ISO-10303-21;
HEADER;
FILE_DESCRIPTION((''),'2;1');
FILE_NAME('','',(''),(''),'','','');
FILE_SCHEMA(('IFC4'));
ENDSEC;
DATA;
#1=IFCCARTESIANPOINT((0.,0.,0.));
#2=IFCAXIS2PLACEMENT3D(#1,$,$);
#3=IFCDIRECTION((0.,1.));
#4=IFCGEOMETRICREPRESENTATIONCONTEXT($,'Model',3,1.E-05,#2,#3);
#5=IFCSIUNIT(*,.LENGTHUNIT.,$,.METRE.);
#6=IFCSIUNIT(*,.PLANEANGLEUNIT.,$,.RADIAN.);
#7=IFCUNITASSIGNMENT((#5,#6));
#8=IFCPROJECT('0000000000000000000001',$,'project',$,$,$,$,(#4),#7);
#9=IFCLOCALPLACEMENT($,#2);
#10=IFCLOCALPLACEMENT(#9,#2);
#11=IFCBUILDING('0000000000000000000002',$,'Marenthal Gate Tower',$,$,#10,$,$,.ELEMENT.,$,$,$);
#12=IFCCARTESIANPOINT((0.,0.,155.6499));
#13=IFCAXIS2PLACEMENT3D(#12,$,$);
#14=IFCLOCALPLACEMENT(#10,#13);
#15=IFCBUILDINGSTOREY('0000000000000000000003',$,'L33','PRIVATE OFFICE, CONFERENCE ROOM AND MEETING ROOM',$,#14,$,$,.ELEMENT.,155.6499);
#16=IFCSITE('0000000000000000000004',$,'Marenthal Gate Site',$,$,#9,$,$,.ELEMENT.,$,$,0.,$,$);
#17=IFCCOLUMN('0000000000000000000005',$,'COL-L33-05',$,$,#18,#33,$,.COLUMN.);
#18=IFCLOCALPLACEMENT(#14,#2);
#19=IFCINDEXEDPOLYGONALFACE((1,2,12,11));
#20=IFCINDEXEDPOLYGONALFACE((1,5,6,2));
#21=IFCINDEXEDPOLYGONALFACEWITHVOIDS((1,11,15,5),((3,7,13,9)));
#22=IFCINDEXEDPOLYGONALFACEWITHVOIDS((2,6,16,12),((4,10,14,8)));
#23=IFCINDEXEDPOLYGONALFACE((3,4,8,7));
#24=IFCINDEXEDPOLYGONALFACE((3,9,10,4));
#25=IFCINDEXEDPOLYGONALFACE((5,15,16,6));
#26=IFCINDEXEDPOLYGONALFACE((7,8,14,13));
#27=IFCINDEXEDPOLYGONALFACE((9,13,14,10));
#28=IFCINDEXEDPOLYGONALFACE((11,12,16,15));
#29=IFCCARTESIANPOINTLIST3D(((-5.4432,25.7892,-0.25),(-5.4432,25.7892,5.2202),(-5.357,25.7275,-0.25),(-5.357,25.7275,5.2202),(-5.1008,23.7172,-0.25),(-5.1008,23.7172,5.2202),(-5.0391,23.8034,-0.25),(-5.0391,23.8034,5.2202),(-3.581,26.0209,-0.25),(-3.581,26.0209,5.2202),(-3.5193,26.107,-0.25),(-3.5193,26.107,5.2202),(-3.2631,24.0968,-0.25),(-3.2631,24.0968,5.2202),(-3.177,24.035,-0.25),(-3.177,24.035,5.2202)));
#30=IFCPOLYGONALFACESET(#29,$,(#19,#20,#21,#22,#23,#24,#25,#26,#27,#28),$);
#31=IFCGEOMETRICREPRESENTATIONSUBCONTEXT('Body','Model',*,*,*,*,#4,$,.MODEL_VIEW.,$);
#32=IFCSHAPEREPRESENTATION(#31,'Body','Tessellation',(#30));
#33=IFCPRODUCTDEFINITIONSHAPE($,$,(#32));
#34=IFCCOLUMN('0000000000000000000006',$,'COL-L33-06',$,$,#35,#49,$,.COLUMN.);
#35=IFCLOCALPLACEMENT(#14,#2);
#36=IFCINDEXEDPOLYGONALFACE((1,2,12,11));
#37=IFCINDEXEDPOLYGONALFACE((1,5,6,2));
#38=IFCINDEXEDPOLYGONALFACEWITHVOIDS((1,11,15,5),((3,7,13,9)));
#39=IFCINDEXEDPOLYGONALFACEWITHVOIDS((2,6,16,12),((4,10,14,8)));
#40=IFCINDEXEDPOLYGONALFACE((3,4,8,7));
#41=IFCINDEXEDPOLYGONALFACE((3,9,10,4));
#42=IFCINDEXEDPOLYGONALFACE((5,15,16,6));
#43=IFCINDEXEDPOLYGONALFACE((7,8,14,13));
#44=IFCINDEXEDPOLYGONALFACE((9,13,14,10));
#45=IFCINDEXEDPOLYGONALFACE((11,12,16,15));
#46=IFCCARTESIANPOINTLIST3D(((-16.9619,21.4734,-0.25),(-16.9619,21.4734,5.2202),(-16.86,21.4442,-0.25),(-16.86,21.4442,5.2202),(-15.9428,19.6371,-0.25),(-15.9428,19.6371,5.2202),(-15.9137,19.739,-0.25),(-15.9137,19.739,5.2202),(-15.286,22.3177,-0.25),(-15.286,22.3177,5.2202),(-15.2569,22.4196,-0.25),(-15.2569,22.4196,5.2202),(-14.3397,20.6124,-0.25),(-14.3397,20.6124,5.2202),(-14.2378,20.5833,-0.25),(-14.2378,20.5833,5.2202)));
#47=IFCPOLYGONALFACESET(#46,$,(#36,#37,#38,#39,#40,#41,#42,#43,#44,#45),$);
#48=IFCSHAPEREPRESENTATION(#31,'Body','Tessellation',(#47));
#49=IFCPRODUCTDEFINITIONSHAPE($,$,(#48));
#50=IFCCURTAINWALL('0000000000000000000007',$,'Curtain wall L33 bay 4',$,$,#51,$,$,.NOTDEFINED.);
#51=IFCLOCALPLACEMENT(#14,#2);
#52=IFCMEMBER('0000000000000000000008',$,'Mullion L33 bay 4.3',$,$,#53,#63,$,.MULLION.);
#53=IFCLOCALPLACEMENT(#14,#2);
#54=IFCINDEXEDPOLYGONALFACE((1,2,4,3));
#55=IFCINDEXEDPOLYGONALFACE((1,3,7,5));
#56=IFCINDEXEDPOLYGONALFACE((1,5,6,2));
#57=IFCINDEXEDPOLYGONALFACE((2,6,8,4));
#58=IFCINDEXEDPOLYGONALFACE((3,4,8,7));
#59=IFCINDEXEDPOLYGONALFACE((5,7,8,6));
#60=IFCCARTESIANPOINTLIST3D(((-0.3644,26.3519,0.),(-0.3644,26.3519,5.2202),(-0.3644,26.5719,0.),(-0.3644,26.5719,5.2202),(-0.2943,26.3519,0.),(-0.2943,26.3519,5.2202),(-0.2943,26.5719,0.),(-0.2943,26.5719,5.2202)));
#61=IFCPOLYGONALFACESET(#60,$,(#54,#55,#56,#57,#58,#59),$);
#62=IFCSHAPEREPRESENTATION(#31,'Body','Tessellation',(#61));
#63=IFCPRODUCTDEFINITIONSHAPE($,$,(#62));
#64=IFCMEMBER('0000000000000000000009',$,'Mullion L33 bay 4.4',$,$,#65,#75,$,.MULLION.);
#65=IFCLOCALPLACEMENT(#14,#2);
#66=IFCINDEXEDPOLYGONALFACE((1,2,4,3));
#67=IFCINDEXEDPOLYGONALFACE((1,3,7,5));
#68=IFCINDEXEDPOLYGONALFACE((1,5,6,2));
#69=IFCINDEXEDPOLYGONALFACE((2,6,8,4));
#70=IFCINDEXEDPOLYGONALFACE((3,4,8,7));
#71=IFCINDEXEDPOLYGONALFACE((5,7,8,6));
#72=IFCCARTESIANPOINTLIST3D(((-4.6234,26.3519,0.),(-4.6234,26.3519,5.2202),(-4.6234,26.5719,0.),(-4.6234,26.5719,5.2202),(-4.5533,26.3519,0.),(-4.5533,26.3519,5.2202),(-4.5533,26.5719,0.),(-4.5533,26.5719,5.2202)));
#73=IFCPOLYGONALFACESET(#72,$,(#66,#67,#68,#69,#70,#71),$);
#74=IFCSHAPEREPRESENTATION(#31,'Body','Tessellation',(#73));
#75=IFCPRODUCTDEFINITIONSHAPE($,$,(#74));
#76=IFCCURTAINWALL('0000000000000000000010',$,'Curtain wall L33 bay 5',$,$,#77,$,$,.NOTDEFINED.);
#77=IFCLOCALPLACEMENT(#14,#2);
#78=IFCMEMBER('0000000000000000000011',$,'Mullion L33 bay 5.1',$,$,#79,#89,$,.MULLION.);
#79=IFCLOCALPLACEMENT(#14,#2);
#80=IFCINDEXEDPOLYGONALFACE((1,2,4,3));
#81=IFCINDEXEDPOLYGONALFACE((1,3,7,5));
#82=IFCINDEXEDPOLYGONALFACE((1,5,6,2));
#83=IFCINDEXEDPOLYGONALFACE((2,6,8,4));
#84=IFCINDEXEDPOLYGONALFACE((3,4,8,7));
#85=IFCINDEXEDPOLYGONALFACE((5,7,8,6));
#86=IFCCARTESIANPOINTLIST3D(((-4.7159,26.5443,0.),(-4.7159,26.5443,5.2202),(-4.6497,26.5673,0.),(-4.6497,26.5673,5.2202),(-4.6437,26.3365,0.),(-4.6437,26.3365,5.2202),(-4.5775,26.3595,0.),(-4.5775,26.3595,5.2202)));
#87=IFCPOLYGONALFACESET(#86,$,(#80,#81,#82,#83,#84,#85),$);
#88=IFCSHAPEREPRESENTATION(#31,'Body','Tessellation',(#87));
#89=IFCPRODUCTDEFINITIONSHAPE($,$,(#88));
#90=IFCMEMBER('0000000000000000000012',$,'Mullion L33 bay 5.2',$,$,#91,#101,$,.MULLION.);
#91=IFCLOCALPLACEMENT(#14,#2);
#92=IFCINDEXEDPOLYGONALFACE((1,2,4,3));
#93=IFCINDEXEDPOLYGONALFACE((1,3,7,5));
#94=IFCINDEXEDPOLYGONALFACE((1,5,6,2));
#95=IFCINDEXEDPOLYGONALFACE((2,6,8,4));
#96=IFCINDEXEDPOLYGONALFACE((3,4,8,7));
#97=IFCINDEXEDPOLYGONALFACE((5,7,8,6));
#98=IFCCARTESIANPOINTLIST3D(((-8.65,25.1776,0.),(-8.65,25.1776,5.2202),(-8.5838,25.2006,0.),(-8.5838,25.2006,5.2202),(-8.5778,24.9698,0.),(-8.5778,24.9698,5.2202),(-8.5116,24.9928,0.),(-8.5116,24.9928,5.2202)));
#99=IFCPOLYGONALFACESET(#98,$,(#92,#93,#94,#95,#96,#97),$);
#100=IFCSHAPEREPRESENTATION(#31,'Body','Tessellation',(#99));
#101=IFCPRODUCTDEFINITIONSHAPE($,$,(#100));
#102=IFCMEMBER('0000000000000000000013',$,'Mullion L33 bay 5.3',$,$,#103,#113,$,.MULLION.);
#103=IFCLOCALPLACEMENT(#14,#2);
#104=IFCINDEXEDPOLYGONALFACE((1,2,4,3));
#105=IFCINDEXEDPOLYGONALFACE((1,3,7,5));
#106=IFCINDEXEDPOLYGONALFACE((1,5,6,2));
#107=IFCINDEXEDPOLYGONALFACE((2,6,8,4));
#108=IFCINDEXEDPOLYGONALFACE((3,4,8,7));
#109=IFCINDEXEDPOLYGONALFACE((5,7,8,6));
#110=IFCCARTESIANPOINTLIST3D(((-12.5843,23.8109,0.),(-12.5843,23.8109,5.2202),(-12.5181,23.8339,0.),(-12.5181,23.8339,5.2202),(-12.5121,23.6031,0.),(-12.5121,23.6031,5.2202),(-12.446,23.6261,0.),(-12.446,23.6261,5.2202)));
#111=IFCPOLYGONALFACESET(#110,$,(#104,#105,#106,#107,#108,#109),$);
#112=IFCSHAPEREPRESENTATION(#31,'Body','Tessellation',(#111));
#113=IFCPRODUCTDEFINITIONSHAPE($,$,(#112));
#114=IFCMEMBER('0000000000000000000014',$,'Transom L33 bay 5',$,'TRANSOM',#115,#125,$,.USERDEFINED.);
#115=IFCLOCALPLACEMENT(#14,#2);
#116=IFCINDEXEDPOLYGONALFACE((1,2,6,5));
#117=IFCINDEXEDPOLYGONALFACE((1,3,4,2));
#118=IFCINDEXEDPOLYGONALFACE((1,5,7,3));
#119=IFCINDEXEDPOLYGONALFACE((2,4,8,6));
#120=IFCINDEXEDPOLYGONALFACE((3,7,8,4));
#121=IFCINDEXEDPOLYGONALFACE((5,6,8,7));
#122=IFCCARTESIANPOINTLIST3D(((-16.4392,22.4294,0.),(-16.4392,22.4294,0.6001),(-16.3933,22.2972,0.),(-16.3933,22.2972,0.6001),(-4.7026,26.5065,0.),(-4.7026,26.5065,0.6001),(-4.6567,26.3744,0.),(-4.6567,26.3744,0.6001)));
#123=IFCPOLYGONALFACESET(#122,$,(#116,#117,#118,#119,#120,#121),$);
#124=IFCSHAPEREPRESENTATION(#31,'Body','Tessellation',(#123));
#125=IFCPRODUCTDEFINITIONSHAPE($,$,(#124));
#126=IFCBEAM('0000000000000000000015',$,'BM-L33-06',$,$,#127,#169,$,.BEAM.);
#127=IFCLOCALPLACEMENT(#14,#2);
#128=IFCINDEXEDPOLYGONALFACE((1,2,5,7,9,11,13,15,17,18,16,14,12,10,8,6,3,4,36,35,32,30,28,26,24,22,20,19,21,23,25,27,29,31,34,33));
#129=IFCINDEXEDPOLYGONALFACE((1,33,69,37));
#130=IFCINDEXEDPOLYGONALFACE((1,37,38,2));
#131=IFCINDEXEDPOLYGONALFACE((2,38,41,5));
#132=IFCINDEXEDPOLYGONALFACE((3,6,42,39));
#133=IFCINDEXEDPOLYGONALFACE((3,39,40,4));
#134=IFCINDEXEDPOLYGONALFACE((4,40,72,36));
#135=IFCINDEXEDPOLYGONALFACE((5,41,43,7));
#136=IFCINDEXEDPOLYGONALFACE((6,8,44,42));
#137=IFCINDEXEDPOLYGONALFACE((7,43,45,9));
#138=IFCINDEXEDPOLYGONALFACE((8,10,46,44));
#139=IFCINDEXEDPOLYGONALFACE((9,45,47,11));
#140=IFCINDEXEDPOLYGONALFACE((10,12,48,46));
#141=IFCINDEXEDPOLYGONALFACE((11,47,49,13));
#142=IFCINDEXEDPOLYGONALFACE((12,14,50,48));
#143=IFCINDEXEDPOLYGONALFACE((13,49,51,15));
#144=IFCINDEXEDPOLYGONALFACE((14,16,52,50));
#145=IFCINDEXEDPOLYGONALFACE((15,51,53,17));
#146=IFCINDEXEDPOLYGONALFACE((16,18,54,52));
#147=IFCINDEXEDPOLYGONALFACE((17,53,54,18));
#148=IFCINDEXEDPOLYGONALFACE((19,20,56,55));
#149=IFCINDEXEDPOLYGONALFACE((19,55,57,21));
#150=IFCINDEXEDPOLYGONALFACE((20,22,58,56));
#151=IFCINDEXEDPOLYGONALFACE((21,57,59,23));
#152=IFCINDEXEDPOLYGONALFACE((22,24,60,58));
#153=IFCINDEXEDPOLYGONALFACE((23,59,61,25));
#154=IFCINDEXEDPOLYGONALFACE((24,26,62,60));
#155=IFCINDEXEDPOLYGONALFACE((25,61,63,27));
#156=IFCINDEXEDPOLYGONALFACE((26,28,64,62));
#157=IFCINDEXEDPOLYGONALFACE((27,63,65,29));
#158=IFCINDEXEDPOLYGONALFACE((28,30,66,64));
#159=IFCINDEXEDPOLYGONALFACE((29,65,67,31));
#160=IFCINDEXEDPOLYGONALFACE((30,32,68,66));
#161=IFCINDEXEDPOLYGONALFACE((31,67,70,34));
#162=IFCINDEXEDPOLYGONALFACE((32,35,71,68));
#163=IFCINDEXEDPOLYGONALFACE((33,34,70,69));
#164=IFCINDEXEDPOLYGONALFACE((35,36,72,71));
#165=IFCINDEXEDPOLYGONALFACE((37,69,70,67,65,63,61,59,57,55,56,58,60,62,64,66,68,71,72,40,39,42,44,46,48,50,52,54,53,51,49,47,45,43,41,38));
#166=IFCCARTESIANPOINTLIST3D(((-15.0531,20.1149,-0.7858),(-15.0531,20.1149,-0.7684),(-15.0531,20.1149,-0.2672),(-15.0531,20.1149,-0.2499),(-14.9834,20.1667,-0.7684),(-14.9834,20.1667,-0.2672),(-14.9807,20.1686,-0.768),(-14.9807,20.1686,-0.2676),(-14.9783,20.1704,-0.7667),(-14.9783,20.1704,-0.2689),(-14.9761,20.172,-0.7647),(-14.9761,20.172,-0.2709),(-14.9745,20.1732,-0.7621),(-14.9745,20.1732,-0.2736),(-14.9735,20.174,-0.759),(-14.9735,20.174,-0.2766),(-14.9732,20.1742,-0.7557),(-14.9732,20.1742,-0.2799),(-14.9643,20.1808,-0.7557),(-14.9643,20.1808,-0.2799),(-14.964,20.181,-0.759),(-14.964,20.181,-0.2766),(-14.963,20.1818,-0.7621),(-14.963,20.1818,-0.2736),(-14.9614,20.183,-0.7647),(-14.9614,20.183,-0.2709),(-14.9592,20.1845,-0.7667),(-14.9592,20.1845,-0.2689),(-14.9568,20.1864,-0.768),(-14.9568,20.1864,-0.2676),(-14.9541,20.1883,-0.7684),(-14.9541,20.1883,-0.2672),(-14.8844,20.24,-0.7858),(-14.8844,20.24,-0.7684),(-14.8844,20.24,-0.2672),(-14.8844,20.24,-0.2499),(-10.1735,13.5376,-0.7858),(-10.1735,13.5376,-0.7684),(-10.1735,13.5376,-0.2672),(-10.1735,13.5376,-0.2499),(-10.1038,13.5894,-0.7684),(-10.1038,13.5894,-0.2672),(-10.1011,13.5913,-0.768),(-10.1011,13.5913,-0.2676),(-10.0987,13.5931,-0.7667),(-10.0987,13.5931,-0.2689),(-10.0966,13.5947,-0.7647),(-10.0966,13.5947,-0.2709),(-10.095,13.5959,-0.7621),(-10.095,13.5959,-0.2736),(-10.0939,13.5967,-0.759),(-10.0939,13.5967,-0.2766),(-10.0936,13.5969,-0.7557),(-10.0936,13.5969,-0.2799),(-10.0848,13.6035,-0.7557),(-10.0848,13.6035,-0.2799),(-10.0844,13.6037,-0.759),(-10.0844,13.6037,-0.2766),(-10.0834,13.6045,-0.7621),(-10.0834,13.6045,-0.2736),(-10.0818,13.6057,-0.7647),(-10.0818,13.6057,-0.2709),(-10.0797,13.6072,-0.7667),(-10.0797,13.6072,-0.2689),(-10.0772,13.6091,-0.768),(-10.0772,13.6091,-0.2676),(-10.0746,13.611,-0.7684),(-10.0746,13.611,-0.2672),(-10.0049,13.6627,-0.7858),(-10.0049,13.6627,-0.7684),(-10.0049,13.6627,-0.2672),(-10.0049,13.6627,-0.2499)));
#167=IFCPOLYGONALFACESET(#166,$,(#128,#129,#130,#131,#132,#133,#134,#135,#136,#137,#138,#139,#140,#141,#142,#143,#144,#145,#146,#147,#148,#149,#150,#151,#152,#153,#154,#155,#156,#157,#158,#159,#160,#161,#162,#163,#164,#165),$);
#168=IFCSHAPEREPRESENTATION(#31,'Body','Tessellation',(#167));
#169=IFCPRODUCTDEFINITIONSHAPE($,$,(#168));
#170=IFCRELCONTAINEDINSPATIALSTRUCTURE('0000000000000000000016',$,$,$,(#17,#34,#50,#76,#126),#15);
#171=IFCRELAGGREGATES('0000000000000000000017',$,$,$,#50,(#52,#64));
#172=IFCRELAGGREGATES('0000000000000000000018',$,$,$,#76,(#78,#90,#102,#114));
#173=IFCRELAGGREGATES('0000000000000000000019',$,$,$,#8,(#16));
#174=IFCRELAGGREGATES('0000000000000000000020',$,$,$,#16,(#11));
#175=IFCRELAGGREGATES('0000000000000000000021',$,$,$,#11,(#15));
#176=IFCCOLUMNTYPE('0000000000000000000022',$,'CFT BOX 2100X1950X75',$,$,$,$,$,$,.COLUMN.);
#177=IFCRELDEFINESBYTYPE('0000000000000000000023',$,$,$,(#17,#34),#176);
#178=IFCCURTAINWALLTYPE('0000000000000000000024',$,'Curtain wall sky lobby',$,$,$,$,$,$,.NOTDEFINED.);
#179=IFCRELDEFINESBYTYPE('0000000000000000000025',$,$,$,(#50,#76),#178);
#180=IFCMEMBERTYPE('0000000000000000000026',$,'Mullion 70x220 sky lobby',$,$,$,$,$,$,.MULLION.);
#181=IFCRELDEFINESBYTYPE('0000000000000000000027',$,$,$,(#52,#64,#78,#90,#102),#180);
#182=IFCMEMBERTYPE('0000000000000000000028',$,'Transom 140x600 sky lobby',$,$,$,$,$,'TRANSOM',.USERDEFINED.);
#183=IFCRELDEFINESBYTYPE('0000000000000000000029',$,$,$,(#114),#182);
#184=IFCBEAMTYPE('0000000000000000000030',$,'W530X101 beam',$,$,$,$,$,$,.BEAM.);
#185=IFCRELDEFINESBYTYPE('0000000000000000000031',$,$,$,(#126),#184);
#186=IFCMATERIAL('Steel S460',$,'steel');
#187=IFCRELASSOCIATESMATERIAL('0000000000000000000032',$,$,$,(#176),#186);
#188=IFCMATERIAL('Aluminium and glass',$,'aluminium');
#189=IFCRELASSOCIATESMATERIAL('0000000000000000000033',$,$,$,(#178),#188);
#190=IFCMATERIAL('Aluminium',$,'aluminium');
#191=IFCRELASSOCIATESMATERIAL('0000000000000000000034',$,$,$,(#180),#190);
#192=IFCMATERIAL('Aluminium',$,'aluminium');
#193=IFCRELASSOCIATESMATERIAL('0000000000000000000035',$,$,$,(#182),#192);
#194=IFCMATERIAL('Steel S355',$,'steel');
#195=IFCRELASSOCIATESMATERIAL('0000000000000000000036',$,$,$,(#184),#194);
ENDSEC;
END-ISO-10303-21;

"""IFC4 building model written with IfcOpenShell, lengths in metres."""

from ifc_helpers import new_model, si_unit, direction, frame, origin, origin_2d, place, context, subcontext, project, spatial, rectangle, hollow_rectangle, i_section, extrude, material, material_profile, profile_set, type_object, element, aggregate, save


model = new_model("IFC4")

# Units and contexts
model_context = context("Model", 3, precision=1e-05, world=origin(), true_north=direction((0.0, 1.0)))
body_context = subcontext(model_context, "Body", "Model", "MODEL_VIEW")
ifc_project = project(units=[si_unit("LENGTHUNIT", "METRE"), si_unit("PLANEANGLEUNIT", "RADIAN")], contexts=[model_context])

# Site, building, storey
site_placement = place(None, origin())
site = spatial("IfcSite", under=ifc_project, at=site_placement, Name="Marenthal Gate Site", CompositionType="ELEMENT", RefElevation=0.0)
building_placement = place(site_placement, origin())
building = spatial("IfcBuilding", under=site, at=building_placement, Name="Marenthal Gate Tower", CompositionType="ELEMENT")
storey_placement = place(building_placement, frame((0.0, 0.0, 155.6499)))
storey = spatial("IfcBuildingStorey", under=building, at=storey_placement, Name="L33", Description="PRIVATE OFFICE, CONFERENCE ROOM AND MEETING ROOM", CompositionType="ELEMENT", Elevation=155.6499)

# Columns
ifc_material_1 = material(Name="Steel S460", Category="steel")
ifc_material_profile_1 = material_profile(ifc_material_1, hollow_rectangle(XDim=1.95, YDim=2.1001, WallThickness=0.075, at=origin_2d()), Name="CFT BOX 2100X1950X75")
ifc_material_2 = material(Name="Concrete 70 MPa", Category="concrete")
ifc_material_profile_2 = material_profile(ifc_material_2, rectangle(XDim=1.8, YDim=1.95, at=origin_2d()), Name="CFT BOX 2100X1950X75 INFILL")
ifc_profile_set_1 = profile_set([ifc_material_profile_1, ifc_material_profile_2], Name="Steel S460 shell, Concrete 70 MPa infill")
column_type = type_object("IfcColumnType", Name="CFT BOX 2100X1950X75", PredefinedType="COLUMN", material=ifc_profile_set_1)
for number, where, z_axis, x_axis, name in (
    (1, (-4.3101, 24.9121, -0.25), (0.0, 0.0, 1.0), (0.986627, 0.162997, 0.0), "COL-L33-05"),
    (2, (-15.5999, 21.0283, -0.25), (0.0, 0.0, 1.0), (0.87438, 0.485242, 0.0), "COL-L33-06"),
):
    element("IfcColumn", number, at=place(storey_placement, frame(where, z_axis=z_axis, x_axis=x_axis)), inside=storey, type_object=column_type, Name=name, PredefinedType="COLUMN", context=body_context, shape_type="SweptSolid", body=[
        extrude(hollow_rectangle(XDim=1.95, YDim=2.1001, WallThickness=0.075, at=origin_2d()), origin(), (0.0, 0.0, 1.0), 5.4702),
    ])

# Curtain walls, members
ifc_material_3 = material(Name="Aluminium and glass", Category="aluminium")
curtain_wall_type = type_object("IfcCurtainWallType", Name="Curtain wall sky lobby", PredefinedType="NOTDEFINED", material=ifc_material_3)
curtain_wall_1_placement = place(storey_placement, origin())
curtain_wall_1 = element("IfcCurtainWall", 3, at=curtain_wall_1_placement, inside=storey, type_object=curtain_wall_type, Name="Curtain wall L33 bay 4", PredefinedType="NOTDEFINED")
ifc_material_4 = material(Name="Aluminium", Category="aluminium")
ifc_material_profile_3 = material_profile(ifc_material_4, rectangle(XDim=0.22, YDim=0.0701, at=origin_2d()), Name="70x220 aluminium mullion")
ifc_profile_set_2 = profile_set([ifc_material_profile_3], Name="Aluminium")
member_type_1 = type_object("IfcMemberType", Name="Mullion 70x220 sky lobby", PredefinedType="MULLION", material=ifc_profile_set_2)
member_1_placement = place(storey_placement, frame((-0.3293, 26.4619, 0.0), z_axis=(0.0, 0.0, 1.0), x_axis=(0.0, -1.0, 0.0)))
member_1 = element("IfcMember", 4, at=member_1_placement, type_object=member_type_1, Name="Mullion L33 bay 4.3", PredefinedType="MULLION", context=body_context, shape_type="SweptSolid", body=[
    extrude(rectangle(XDim=0.22, YDim=0.0701, at=origin_2d()), origin(), (0.0, 0.0, 1.0), 5.2202),
])
member_2_placement = place(storey_placement, frame((-4.5884, 26.4619, 0.0), z_axis=(0.0, 0.0, 1.0), x_axis=(0.0, -1.0, 0.0)))
member_2 = element("IfcMember", 5, at=member_2_placement, type_object=member_type_1, Name="Mullion L33 bay 4.4", PredefinedType="MULLION", context=body_context, shape_type="SweptSolid", body=[
    extrude(rectangle(XDim=0.22, YDim=0.0701, at=origin_2d()), origin(), (0.0, 0.0, 1.0), 5.2202),
])
curtain_wall_2_placement = place(storey_placement, origin())
curtain_wall_2 = element("IfcCurtainWall", 6, at=curtain_wall_2_placement, inside=storey, type_object=curtain_wall_type, Name="Curtain wall L33 bay 5", PredefinedType="NOTDEFINED")
member_3_placement = place(storey_placement, frame((-4.6467, 26.4519, 0.0), z_axis=(0.0, 0.0, 1.0), x_axis=(0.328158, -0.944623, 0.0)))
member_3 = element("IfcMember", 7, at=member_3_placement, type_object=member_type_1, Name="Mullion L33 bay 5.1", PredefinedType="MULLION", context=body_context, shape_type="SweptSolid", body=[
    extrude(rectangle(XDim=0.22, YDim=0.0701, at=origin_2d()), origin(), (0.0, 0.0, 1.0), 5.2202),
])
member_4_placement = place(storey_placement, frame((-8.5808, 25.0852, 0.0), z_axis=(0.0, 0.0, 1.0), x_axis=(0.328158, -0.944623, 0.0)))
member_4 = element("IfcMember", 8, at=member_4_placement, type_object=member_type_1, Name="Mullion L33 bay 5.2", PredefinedType="MULLION", context=body_context, shape_type="SweptSolid", body=[
    extrude(rectangle(XDim=0.22, YDim=0.0701, at=origin_2d()), origin(), (0.0, 0.0, 1.0), 5.2202),
])
member_5_placement = place(storey_placement, frame((-12.5151, 23.7185, 0.0), z_axis=(0.0, 0.0, 1.0), x_axis=(0.328158, -0.944623, 0.0)))
member_5 = element("IfcMember", 9, at=member_5_placement, type_object=member_type_1, Name="Mullion L33 bay 5.3", PredefinedType="MULLION", context=body_context, shape_type="SweptSolid", body=[
    extrude(rectangle(XDim=0.22, YDim=0.0701, at=origin_2d()), origin(), (0.0, 0.0, 1.0), 5.2202),
])
ifc_material_5 = material(Name="Aluminium", Category="aluminium")
ifc_material_profile_4 = material_profile(ifc_material_5, rectangle(XDim=0.1399, YDim=0.6001, at=origin_2d()), Name="140x600 aluminium transom")
ifc_profile_set_3 = profile_set([ifc_material_profile_4], Name="Aluminium")
member_type_2 = type_object("IfcMemberType", Name="Transom 140x600 sky lobby", ElementType="TRANSOM", PredefinedType="USERDEFINED", material=ifc_profile_set_3)
member_6_placement = place(storey_placement, frame((-4.6797, 26.4404, 0.3), z_axis=(-0.944625, -0.328152, 0.0), x_axis=(0.328152, -0.944625, 0.0)))
member_6 = element("IfcMember", 10, at=member_6_placement, type_object=member_type_2, Name="Transom L33 bay 5", ObjectType="TRANSOM", PredefinedType="USERDEFINED", context=body_context, shape_type="SweptSolid", body=[
    extrude(rectangle(XDim=0.1399, YDim=0.6001, at=origin_2d()), origin(), (0.0, 0.0, 1.0), 12.4246),
])

# Beam
ifc_material_6 = material(Name="Steel S355", Category="steel")
ifc_material_profile_5 = material_profile(ifc_material_6, i_section(OverallWidth=0.21, OverallDepth=0.5359, WebThickness=0.011, FlangeThickness=0.0173, FilletRadius=0.0127, at=origin_2d()), Name="W530X101")
ifc_profile_set_4 = profile_set([ifc_material_profile_5], Name="Steel S355")
beam_type_1 = type_object("IfcBeamType", Name="W530X101 beam", PredefinedType="BEAM", material=ifc_profile_set_4)
beam_1_placement = place(storey_placement, frame((-14.9688, 20.1775, -0.5178), z_axis=(0.595818, -0.803119, 0.0), x_axis=(0.803119, 0.595818, 0.0)))
element("IfcBeam", 11, at=beam_1_placement, inside=storey, type_object=beam_type_1, Name="BM-L33-06", PredefinedType="BEAM", context=body_context, shape_type="SweptSolid", body=[
    extrude(i_section(OverallWidth=0.21, OverallDepth=0.5359, WebThickness=0.011, FlangeThickness=0.0173, FilletRadius=0.0127, at=origin_2d()), origin(), (0.0, 0.0, 1.0), 8.1897),
])

aggregate(curtain_wall_1, [member_1, member_2])
aggregate(curtain_wall_2, [member_3, member_4, member_5, member_6])

save(model, "model.ifc")
